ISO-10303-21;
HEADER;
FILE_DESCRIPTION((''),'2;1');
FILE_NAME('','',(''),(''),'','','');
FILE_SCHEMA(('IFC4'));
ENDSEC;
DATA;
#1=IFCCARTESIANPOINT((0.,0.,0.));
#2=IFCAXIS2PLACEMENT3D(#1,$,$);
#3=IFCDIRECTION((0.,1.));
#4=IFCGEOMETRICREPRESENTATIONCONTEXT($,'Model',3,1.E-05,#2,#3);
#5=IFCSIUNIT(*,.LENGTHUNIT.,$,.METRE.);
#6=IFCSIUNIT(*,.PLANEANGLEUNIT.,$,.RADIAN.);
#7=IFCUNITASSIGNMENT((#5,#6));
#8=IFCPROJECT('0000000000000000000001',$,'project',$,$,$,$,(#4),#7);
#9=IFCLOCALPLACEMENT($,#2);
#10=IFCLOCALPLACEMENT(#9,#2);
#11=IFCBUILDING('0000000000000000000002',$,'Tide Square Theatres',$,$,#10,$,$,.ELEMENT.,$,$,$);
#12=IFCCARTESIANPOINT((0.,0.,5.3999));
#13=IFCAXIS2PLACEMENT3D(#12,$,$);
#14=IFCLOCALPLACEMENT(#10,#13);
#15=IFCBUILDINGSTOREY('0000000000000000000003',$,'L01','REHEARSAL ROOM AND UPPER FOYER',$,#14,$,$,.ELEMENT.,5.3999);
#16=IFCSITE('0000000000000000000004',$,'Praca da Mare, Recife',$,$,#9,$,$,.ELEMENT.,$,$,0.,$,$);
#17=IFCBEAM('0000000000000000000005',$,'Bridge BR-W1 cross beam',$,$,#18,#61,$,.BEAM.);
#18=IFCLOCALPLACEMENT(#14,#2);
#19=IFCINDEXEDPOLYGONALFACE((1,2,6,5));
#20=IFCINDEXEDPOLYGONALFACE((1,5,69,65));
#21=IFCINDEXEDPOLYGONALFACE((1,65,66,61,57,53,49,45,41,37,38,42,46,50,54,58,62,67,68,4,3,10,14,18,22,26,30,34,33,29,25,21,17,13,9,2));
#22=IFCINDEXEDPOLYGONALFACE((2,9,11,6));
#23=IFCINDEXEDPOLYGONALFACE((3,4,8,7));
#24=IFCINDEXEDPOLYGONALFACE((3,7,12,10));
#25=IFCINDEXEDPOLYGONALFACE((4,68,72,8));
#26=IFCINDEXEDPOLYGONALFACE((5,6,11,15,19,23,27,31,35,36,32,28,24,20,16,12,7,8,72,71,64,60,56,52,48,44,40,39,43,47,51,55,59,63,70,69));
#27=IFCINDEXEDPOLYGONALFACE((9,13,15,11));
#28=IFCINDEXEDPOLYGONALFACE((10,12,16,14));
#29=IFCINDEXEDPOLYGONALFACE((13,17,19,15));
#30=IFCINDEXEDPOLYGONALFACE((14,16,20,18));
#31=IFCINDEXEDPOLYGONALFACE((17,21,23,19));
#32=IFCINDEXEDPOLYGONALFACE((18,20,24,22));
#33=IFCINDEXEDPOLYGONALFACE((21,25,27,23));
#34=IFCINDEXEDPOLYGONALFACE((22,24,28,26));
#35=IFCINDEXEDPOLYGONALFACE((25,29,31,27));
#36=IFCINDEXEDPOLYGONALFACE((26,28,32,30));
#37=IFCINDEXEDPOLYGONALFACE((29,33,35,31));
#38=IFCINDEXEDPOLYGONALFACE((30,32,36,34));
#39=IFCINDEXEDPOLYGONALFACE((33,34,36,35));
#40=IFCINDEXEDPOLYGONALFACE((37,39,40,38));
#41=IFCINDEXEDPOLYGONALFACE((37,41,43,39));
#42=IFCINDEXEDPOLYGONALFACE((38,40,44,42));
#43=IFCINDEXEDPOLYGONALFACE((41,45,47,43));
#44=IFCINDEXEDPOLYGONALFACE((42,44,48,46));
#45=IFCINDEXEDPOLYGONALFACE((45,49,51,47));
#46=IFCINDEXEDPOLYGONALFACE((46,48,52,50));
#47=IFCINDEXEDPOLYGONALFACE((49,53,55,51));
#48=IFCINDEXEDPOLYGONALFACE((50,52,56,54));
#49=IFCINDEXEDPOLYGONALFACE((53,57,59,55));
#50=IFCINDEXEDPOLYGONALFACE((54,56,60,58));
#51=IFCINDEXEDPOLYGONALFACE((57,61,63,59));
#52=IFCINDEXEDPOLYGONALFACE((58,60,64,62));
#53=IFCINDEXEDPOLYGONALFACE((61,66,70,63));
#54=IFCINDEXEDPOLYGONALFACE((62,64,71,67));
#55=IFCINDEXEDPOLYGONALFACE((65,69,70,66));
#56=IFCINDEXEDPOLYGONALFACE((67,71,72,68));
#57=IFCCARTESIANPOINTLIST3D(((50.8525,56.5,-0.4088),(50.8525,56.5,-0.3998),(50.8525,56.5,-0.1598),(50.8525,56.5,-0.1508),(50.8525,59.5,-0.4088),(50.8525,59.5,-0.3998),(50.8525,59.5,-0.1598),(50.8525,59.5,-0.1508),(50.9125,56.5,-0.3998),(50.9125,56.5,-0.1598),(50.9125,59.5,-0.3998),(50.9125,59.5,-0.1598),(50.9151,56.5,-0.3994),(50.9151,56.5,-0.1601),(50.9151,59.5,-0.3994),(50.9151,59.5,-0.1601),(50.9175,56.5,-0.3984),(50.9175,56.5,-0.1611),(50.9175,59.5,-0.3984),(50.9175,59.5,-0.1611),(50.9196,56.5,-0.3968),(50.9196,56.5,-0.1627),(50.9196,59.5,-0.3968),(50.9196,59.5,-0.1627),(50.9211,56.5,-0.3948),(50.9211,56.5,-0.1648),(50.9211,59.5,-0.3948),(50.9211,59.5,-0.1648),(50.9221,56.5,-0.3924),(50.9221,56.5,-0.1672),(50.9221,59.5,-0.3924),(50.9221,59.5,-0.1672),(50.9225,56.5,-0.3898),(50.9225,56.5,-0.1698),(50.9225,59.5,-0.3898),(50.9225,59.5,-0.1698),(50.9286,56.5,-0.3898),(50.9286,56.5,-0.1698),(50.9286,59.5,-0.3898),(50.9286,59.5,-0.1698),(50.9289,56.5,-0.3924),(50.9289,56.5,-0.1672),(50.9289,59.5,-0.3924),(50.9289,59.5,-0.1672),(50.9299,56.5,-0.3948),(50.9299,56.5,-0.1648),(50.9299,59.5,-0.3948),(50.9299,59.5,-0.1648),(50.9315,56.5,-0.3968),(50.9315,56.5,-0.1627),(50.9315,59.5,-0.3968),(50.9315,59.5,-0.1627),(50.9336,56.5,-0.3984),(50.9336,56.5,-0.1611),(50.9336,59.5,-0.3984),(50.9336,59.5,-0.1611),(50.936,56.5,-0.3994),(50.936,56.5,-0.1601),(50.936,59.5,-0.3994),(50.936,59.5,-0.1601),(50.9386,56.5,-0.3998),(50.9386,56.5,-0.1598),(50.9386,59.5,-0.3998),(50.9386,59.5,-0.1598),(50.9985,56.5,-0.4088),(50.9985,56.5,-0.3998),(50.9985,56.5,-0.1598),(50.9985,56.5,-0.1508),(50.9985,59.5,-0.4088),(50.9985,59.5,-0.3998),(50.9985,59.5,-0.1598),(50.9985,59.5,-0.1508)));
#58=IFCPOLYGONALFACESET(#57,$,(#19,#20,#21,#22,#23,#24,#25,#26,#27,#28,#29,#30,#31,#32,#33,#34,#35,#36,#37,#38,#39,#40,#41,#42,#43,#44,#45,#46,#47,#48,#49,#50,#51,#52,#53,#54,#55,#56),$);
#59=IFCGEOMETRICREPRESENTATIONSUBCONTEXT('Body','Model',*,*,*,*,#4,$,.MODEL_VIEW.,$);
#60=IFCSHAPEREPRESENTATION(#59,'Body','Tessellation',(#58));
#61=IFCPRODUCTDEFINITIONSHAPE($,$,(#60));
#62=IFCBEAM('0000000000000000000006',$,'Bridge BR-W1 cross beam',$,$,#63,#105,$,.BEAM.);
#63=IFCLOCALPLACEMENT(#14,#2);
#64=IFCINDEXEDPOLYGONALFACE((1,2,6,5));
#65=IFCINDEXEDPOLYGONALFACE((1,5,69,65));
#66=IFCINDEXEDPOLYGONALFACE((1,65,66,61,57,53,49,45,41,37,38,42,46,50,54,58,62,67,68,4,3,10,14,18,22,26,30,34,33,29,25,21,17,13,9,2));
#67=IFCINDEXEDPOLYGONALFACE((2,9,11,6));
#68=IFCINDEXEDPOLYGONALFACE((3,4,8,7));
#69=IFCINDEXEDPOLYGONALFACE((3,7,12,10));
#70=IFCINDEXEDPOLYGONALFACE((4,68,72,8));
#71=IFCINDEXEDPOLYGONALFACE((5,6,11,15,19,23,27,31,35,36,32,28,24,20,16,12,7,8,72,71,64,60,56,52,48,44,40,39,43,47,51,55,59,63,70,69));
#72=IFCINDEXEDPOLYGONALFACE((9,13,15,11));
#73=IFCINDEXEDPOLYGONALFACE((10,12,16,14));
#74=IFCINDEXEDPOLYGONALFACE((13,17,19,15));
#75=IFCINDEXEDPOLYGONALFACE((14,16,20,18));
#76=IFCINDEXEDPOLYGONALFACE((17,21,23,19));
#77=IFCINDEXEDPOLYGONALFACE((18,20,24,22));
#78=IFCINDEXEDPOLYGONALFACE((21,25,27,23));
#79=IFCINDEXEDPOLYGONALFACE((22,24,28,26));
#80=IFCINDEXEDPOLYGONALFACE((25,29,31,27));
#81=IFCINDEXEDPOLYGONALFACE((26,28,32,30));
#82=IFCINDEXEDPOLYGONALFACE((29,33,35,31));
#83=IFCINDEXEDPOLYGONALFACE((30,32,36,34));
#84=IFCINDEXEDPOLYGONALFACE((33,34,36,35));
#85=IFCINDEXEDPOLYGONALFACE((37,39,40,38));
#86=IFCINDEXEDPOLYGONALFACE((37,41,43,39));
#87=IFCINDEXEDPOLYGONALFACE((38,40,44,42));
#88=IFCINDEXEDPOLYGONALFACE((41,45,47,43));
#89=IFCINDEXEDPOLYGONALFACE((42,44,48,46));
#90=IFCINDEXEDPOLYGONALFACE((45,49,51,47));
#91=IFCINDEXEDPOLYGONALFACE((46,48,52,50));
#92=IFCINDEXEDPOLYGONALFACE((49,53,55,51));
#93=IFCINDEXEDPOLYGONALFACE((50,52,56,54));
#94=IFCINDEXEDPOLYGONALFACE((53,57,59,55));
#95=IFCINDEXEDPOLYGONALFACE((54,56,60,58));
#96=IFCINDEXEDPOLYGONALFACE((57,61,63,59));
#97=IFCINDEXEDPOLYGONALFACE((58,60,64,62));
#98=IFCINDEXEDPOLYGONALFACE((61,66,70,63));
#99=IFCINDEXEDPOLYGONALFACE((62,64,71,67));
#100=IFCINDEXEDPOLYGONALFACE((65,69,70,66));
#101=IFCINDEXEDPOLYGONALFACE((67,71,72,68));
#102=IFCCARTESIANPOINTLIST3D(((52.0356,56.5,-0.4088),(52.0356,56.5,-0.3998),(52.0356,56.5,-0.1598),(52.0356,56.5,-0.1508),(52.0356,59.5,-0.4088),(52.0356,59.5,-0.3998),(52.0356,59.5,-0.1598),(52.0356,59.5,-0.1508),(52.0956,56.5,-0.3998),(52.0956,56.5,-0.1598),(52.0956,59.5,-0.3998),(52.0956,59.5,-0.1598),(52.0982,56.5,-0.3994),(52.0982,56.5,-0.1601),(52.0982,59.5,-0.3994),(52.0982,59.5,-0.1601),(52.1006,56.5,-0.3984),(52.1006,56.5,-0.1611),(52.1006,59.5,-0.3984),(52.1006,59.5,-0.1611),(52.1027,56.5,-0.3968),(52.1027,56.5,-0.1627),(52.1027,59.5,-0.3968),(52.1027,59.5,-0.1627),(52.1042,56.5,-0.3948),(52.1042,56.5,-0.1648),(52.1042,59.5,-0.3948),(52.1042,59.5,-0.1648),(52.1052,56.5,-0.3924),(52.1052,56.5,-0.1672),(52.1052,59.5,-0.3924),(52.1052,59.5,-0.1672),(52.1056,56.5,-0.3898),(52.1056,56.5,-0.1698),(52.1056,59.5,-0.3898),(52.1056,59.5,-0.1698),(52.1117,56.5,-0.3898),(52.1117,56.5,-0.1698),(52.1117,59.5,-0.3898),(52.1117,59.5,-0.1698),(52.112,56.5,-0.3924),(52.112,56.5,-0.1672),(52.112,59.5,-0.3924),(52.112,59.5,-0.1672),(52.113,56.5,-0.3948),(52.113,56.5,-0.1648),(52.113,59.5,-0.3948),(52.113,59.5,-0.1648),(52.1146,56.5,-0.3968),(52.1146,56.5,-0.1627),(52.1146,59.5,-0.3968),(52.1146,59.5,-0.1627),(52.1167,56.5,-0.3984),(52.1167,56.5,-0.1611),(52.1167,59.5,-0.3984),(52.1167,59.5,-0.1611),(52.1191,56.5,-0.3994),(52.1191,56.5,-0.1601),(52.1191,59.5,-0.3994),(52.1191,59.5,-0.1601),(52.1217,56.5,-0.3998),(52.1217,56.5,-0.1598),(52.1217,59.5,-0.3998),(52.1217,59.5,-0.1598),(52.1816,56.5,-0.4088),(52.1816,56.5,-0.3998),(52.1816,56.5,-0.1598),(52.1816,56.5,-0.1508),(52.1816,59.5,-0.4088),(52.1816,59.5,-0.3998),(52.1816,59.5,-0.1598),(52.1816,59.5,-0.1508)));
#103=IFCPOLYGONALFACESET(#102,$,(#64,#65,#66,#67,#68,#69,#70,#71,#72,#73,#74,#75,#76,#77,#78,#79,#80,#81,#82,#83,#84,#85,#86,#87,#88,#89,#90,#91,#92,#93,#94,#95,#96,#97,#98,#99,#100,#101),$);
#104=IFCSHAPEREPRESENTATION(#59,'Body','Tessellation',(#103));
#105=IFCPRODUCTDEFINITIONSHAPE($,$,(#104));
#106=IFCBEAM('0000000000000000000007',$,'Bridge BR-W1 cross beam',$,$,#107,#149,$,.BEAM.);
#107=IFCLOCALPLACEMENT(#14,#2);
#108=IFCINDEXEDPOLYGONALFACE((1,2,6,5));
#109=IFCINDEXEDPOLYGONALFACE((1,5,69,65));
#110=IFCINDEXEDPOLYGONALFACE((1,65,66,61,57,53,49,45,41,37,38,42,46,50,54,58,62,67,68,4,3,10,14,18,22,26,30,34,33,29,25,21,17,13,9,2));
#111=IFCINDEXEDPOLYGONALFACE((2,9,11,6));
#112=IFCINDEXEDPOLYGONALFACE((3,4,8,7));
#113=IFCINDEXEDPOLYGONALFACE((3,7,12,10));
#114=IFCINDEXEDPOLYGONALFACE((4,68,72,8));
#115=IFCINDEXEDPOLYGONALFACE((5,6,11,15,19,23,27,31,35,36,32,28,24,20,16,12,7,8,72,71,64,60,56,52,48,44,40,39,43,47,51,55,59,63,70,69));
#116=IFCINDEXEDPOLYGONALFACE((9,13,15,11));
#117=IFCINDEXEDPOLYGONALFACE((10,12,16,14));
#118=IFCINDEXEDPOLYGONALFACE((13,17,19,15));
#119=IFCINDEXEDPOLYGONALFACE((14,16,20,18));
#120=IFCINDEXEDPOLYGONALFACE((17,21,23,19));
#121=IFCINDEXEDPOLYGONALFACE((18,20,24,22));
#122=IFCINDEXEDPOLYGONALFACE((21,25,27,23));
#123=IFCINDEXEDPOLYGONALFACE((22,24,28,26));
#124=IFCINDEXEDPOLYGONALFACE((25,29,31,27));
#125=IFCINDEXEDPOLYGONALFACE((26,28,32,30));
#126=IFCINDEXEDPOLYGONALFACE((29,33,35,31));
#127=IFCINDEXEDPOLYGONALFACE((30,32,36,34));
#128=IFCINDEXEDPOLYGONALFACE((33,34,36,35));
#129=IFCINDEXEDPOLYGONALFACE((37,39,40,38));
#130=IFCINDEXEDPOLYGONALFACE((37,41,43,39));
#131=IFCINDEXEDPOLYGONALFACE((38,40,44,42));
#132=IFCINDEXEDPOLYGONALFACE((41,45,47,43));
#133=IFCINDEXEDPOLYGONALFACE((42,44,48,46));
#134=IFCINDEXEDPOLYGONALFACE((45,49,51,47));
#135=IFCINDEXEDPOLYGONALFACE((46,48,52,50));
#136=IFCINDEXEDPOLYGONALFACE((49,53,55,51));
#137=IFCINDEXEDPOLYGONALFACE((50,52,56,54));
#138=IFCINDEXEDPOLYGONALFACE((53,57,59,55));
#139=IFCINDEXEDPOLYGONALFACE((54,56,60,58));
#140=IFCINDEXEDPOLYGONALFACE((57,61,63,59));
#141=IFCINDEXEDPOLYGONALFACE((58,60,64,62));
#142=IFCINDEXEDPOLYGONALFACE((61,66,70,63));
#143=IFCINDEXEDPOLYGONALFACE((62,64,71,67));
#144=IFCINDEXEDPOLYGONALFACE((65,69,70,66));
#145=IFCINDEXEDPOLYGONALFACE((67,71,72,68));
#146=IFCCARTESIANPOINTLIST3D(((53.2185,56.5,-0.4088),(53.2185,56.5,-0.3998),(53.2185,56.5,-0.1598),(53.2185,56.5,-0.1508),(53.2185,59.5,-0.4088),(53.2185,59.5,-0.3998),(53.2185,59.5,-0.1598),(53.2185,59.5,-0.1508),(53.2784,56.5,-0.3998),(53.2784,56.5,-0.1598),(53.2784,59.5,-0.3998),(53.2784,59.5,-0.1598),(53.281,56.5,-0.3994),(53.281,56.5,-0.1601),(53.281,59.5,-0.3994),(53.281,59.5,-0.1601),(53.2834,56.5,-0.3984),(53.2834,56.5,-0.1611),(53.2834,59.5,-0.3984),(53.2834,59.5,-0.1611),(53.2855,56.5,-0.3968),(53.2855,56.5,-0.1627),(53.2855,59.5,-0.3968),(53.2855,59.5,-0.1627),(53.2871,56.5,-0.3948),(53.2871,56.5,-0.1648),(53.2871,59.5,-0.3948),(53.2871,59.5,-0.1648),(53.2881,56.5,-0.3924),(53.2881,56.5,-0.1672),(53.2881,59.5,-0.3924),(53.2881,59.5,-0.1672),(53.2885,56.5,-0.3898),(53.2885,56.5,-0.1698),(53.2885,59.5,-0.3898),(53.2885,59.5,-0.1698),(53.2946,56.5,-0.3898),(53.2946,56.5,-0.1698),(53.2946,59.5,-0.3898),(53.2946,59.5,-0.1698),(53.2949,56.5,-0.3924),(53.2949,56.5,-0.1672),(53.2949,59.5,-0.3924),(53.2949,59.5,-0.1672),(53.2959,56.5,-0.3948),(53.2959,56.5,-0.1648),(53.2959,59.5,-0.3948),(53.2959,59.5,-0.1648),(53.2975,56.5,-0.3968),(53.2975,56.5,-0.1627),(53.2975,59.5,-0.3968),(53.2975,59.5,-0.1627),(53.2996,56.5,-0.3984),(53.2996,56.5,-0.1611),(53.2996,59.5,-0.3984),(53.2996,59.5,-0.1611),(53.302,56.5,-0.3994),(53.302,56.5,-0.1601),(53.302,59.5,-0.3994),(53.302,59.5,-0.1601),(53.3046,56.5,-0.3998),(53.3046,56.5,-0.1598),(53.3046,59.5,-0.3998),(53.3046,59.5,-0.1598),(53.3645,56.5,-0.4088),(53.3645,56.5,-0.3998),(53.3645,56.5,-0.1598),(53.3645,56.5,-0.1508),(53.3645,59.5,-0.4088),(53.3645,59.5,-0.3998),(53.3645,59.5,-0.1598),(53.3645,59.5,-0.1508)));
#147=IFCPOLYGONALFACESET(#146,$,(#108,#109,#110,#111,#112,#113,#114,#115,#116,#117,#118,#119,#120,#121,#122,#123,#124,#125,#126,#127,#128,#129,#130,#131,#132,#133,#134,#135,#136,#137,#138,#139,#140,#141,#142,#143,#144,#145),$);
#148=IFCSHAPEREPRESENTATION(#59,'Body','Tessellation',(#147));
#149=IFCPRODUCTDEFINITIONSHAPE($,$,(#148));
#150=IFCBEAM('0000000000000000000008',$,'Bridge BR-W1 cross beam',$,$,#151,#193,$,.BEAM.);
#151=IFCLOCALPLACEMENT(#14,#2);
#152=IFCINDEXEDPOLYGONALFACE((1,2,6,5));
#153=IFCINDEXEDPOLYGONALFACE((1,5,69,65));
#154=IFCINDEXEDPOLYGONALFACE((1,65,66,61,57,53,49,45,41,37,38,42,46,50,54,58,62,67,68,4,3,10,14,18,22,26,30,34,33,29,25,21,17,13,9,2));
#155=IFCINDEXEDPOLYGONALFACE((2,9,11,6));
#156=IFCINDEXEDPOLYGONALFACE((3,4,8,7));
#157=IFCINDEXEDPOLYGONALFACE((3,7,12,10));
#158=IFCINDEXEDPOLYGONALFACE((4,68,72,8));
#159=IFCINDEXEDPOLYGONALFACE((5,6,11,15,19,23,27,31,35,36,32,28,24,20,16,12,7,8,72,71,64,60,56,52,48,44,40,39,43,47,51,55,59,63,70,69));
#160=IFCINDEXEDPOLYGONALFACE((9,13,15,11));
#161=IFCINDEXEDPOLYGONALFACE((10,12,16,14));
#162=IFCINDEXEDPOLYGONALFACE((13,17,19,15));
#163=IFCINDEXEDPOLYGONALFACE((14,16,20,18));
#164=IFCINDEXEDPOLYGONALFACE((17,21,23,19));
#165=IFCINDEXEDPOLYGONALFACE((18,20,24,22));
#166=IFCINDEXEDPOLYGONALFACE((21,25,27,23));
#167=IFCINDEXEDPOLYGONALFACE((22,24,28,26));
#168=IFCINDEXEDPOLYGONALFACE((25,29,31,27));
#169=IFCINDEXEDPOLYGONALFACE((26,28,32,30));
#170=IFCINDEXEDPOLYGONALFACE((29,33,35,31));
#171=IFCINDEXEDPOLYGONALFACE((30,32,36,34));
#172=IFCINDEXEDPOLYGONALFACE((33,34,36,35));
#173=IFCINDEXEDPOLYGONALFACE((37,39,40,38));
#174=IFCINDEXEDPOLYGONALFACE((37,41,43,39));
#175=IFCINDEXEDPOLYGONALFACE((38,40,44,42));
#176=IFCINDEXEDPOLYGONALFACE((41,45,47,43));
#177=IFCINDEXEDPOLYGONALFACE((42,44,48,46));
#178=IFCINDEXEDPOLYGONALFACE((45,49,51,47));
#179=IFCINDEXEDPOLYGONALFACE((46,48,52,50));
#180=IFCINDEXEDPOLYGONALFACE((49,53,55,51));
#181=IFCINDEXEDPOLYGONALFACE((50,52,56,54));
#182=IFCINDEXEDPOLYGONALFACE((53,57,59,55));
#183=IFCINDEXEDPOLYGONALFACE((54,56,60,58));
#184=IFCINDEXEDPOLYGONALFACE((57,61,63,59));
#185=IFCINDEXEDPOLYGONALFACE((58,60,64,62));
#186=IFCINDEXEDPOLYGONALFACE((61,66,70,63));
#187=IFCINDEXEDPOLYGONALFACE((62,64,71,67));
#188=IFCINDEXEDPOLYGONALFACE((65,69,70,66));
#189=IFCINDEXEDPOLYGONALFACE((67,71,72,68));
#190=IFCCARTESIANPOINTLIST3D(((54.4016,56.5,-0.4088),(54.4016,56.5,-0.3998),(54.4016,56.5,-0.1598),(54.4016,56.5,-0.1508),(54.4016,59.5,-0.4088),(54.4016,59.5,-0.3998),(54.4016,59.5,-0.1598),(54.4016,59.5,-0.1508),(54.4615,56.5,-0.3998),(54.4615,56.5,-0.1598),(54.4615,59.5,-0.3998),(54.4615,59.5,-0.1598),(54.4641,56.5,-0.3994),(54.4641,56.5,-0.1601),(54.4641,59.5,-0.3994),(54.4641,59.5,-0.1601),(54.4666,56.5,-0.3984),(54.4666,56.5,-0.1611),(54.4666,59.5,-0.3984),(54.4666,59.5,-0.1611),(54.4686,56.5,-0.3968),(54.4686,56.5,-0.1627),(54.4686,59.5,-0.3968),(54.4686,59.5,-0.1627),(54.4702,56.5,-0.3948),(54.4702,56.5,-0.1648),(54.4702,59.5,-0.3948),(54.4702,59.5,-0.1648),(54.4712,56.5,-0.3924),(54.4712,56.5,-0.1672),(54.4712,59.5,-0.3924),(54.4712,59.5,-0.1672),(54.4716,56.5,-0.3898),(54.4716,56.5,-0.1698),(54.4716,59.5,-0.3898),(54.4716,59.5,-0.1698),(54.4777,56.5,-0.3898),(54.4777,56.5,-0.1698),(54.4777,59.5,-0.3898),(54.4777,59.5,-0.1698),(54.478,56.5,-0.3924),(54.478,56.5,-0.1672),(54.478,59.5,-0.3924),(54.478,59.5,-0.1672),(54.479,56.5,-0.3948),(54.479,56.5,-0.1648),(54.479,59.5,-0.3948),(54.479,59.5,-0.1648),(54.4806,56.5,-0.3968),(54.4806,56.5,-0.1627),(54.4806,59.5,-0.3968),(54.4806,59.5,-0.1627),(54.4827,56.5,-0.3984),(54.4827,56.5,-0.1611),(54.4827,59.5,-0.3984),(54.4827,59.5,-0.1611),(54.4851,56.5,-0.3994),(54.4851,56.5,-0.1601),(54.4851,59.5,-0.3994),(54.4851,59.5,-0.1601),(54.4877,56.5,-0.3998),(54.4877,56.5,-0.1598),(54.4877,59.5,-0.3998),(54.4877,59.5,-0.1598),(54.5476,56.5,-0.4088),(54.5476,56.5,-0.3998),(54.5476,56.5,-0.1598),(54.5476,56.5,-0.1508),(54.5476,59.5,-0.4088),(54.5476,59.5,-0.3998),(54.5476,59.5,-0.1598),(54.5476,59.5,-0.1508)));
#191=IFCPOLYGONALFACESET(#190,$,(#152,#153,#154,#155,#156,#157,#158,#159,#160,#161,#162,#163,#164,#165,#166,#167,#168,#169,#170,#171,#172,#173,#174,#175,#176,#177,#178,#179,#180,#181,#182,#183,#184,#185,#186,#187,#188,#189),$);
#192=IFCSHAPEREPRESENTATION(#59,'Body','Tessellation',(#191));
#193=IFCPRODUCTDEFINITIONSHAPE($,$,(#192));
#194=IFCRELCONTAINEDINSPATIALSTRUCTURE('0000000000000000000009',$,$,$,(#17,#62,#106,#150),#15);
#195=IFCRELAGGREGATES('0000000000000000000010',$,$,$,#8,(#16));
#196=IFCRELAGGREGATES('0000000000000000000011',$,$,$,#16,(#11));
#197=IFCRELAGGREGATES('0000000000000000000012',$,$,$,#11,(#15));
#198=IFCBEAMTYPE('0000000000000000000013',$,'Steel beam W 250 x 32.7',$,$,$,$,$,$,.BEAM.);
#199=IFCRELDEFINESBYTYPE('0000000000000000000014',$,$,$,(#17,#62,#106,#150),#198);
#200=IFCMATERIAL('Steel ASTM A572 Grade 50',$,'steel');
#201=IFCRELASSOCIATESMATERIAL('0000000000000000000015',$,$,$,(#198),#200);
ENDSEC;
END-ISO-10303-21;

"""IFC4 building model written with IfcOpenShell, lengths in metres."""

from ifc_helpers import new_model, si_unit, direction, frame, origin, origin_2d, place, context, subcontext, project, spatial, i_section, extrude, material, material_profile, profile_set, type_object, element, save


model = new_model("IFC4")

# Units and contexts
model_context = context("Model", 3, precision=1e-05, world=origin(), true_north=direction((0.0, 1.0)))
body_context = subcontext(model_context, "Body", "Model", "MODEL_VIEW")
ifc_project = project(units=[si_unit("LENGTHUNIT", "METRE"), si_unit("PLANEANGLEUNIT", "RADIAN")], contexts=[model_context])

# Site, building, storey
site_placement = place(None, origin())
site = spatial("IfcSite", under=ifc_project, at=site_placement, Name="Praca da Mare, Recife", CompositionType="ELEMENT", RefElevation=0.0)
building_placement = place(site_placement, origin())
building = spatial("IfcBuilding", under=site, at=building_placement, Name="Tide Square Theatres", CompositionType="ELEMENT")
storey_placement = place(building_placement, frame((0.0, 0.0, 5.3999)))
storey = spatial("IfcBuildingStorey", under=building, at=storey_placement, Name="L01", Description="REHEARSAL ROOM AND UPPER FOYER", CompositionType="ELEMENT", Elevation=5.3999)

# Beams
ifc_material_1 = material(Name="Steel ASTM A572 Grade 50", Category="steel")
ifc_material_profile_1 = material_profile(ifc_material_1, i_section(OverallWidth=0.146, OverallDepth=0.2581, WebThickness=0.0061, FlangeThickness=0.009, FilletRadius=0.01, at=origin_2d()))
ifc_profile_set_1 = profile_set([ifc_material_profile_1], Name="Steel ASTM A572 Grade 50")
beam_type = type_object("IfcBeamType", Name="Steel beam W 250 x 32.7", PredefinedType="BEAM", material=ifc_profile_set_1)
for number, where, z_axis, x_axis, name in (
    (1, (50.9255, 56.5, -0.2798), (0.0, 1.0, 0.0), (-1.0, 0.0, 0.0), "Bridge BR-W1 cross beam"),
    (2, (52.1086, 56.5, -0.2798), (0.0, 1.0, 0.0), (-1.0, 0.0, 0.0), "Bridge BR-W1 cross beam"),
    (3, (53.2915, 56.5, -0.2798), (0.0, 1.0, 0.0), (-1.0, 0.0, 0.0), "Bridge BR-W1 cross beam"),
    (4, (54.4746, 56.5, -0.2798), (0.0, 1.0, 0.0), (-1.0, 0.0, 0.0), "Bridge BR-W1 cross beam"),
):
    element("IfcBeam", number, at=place(storey_placement, frame(where, z_axis=z_axis, x_axis=x_axis)), inside=storey, type_object=beam_type, Name=name, PredefinedType="BEAM", context=body_context, shape_type="SweptSolid", body=[
        extrude(i_section(OverallWidth=0.146, OverallDepth=0.2581, WebThickness=0.0061, FlangeThickness=0.009, FilletRadius=0.01, at=origin_2d()), origin(), (0.0, 0.0, 1.0), 3.0),
    ])

save(model, "model.ifc")
